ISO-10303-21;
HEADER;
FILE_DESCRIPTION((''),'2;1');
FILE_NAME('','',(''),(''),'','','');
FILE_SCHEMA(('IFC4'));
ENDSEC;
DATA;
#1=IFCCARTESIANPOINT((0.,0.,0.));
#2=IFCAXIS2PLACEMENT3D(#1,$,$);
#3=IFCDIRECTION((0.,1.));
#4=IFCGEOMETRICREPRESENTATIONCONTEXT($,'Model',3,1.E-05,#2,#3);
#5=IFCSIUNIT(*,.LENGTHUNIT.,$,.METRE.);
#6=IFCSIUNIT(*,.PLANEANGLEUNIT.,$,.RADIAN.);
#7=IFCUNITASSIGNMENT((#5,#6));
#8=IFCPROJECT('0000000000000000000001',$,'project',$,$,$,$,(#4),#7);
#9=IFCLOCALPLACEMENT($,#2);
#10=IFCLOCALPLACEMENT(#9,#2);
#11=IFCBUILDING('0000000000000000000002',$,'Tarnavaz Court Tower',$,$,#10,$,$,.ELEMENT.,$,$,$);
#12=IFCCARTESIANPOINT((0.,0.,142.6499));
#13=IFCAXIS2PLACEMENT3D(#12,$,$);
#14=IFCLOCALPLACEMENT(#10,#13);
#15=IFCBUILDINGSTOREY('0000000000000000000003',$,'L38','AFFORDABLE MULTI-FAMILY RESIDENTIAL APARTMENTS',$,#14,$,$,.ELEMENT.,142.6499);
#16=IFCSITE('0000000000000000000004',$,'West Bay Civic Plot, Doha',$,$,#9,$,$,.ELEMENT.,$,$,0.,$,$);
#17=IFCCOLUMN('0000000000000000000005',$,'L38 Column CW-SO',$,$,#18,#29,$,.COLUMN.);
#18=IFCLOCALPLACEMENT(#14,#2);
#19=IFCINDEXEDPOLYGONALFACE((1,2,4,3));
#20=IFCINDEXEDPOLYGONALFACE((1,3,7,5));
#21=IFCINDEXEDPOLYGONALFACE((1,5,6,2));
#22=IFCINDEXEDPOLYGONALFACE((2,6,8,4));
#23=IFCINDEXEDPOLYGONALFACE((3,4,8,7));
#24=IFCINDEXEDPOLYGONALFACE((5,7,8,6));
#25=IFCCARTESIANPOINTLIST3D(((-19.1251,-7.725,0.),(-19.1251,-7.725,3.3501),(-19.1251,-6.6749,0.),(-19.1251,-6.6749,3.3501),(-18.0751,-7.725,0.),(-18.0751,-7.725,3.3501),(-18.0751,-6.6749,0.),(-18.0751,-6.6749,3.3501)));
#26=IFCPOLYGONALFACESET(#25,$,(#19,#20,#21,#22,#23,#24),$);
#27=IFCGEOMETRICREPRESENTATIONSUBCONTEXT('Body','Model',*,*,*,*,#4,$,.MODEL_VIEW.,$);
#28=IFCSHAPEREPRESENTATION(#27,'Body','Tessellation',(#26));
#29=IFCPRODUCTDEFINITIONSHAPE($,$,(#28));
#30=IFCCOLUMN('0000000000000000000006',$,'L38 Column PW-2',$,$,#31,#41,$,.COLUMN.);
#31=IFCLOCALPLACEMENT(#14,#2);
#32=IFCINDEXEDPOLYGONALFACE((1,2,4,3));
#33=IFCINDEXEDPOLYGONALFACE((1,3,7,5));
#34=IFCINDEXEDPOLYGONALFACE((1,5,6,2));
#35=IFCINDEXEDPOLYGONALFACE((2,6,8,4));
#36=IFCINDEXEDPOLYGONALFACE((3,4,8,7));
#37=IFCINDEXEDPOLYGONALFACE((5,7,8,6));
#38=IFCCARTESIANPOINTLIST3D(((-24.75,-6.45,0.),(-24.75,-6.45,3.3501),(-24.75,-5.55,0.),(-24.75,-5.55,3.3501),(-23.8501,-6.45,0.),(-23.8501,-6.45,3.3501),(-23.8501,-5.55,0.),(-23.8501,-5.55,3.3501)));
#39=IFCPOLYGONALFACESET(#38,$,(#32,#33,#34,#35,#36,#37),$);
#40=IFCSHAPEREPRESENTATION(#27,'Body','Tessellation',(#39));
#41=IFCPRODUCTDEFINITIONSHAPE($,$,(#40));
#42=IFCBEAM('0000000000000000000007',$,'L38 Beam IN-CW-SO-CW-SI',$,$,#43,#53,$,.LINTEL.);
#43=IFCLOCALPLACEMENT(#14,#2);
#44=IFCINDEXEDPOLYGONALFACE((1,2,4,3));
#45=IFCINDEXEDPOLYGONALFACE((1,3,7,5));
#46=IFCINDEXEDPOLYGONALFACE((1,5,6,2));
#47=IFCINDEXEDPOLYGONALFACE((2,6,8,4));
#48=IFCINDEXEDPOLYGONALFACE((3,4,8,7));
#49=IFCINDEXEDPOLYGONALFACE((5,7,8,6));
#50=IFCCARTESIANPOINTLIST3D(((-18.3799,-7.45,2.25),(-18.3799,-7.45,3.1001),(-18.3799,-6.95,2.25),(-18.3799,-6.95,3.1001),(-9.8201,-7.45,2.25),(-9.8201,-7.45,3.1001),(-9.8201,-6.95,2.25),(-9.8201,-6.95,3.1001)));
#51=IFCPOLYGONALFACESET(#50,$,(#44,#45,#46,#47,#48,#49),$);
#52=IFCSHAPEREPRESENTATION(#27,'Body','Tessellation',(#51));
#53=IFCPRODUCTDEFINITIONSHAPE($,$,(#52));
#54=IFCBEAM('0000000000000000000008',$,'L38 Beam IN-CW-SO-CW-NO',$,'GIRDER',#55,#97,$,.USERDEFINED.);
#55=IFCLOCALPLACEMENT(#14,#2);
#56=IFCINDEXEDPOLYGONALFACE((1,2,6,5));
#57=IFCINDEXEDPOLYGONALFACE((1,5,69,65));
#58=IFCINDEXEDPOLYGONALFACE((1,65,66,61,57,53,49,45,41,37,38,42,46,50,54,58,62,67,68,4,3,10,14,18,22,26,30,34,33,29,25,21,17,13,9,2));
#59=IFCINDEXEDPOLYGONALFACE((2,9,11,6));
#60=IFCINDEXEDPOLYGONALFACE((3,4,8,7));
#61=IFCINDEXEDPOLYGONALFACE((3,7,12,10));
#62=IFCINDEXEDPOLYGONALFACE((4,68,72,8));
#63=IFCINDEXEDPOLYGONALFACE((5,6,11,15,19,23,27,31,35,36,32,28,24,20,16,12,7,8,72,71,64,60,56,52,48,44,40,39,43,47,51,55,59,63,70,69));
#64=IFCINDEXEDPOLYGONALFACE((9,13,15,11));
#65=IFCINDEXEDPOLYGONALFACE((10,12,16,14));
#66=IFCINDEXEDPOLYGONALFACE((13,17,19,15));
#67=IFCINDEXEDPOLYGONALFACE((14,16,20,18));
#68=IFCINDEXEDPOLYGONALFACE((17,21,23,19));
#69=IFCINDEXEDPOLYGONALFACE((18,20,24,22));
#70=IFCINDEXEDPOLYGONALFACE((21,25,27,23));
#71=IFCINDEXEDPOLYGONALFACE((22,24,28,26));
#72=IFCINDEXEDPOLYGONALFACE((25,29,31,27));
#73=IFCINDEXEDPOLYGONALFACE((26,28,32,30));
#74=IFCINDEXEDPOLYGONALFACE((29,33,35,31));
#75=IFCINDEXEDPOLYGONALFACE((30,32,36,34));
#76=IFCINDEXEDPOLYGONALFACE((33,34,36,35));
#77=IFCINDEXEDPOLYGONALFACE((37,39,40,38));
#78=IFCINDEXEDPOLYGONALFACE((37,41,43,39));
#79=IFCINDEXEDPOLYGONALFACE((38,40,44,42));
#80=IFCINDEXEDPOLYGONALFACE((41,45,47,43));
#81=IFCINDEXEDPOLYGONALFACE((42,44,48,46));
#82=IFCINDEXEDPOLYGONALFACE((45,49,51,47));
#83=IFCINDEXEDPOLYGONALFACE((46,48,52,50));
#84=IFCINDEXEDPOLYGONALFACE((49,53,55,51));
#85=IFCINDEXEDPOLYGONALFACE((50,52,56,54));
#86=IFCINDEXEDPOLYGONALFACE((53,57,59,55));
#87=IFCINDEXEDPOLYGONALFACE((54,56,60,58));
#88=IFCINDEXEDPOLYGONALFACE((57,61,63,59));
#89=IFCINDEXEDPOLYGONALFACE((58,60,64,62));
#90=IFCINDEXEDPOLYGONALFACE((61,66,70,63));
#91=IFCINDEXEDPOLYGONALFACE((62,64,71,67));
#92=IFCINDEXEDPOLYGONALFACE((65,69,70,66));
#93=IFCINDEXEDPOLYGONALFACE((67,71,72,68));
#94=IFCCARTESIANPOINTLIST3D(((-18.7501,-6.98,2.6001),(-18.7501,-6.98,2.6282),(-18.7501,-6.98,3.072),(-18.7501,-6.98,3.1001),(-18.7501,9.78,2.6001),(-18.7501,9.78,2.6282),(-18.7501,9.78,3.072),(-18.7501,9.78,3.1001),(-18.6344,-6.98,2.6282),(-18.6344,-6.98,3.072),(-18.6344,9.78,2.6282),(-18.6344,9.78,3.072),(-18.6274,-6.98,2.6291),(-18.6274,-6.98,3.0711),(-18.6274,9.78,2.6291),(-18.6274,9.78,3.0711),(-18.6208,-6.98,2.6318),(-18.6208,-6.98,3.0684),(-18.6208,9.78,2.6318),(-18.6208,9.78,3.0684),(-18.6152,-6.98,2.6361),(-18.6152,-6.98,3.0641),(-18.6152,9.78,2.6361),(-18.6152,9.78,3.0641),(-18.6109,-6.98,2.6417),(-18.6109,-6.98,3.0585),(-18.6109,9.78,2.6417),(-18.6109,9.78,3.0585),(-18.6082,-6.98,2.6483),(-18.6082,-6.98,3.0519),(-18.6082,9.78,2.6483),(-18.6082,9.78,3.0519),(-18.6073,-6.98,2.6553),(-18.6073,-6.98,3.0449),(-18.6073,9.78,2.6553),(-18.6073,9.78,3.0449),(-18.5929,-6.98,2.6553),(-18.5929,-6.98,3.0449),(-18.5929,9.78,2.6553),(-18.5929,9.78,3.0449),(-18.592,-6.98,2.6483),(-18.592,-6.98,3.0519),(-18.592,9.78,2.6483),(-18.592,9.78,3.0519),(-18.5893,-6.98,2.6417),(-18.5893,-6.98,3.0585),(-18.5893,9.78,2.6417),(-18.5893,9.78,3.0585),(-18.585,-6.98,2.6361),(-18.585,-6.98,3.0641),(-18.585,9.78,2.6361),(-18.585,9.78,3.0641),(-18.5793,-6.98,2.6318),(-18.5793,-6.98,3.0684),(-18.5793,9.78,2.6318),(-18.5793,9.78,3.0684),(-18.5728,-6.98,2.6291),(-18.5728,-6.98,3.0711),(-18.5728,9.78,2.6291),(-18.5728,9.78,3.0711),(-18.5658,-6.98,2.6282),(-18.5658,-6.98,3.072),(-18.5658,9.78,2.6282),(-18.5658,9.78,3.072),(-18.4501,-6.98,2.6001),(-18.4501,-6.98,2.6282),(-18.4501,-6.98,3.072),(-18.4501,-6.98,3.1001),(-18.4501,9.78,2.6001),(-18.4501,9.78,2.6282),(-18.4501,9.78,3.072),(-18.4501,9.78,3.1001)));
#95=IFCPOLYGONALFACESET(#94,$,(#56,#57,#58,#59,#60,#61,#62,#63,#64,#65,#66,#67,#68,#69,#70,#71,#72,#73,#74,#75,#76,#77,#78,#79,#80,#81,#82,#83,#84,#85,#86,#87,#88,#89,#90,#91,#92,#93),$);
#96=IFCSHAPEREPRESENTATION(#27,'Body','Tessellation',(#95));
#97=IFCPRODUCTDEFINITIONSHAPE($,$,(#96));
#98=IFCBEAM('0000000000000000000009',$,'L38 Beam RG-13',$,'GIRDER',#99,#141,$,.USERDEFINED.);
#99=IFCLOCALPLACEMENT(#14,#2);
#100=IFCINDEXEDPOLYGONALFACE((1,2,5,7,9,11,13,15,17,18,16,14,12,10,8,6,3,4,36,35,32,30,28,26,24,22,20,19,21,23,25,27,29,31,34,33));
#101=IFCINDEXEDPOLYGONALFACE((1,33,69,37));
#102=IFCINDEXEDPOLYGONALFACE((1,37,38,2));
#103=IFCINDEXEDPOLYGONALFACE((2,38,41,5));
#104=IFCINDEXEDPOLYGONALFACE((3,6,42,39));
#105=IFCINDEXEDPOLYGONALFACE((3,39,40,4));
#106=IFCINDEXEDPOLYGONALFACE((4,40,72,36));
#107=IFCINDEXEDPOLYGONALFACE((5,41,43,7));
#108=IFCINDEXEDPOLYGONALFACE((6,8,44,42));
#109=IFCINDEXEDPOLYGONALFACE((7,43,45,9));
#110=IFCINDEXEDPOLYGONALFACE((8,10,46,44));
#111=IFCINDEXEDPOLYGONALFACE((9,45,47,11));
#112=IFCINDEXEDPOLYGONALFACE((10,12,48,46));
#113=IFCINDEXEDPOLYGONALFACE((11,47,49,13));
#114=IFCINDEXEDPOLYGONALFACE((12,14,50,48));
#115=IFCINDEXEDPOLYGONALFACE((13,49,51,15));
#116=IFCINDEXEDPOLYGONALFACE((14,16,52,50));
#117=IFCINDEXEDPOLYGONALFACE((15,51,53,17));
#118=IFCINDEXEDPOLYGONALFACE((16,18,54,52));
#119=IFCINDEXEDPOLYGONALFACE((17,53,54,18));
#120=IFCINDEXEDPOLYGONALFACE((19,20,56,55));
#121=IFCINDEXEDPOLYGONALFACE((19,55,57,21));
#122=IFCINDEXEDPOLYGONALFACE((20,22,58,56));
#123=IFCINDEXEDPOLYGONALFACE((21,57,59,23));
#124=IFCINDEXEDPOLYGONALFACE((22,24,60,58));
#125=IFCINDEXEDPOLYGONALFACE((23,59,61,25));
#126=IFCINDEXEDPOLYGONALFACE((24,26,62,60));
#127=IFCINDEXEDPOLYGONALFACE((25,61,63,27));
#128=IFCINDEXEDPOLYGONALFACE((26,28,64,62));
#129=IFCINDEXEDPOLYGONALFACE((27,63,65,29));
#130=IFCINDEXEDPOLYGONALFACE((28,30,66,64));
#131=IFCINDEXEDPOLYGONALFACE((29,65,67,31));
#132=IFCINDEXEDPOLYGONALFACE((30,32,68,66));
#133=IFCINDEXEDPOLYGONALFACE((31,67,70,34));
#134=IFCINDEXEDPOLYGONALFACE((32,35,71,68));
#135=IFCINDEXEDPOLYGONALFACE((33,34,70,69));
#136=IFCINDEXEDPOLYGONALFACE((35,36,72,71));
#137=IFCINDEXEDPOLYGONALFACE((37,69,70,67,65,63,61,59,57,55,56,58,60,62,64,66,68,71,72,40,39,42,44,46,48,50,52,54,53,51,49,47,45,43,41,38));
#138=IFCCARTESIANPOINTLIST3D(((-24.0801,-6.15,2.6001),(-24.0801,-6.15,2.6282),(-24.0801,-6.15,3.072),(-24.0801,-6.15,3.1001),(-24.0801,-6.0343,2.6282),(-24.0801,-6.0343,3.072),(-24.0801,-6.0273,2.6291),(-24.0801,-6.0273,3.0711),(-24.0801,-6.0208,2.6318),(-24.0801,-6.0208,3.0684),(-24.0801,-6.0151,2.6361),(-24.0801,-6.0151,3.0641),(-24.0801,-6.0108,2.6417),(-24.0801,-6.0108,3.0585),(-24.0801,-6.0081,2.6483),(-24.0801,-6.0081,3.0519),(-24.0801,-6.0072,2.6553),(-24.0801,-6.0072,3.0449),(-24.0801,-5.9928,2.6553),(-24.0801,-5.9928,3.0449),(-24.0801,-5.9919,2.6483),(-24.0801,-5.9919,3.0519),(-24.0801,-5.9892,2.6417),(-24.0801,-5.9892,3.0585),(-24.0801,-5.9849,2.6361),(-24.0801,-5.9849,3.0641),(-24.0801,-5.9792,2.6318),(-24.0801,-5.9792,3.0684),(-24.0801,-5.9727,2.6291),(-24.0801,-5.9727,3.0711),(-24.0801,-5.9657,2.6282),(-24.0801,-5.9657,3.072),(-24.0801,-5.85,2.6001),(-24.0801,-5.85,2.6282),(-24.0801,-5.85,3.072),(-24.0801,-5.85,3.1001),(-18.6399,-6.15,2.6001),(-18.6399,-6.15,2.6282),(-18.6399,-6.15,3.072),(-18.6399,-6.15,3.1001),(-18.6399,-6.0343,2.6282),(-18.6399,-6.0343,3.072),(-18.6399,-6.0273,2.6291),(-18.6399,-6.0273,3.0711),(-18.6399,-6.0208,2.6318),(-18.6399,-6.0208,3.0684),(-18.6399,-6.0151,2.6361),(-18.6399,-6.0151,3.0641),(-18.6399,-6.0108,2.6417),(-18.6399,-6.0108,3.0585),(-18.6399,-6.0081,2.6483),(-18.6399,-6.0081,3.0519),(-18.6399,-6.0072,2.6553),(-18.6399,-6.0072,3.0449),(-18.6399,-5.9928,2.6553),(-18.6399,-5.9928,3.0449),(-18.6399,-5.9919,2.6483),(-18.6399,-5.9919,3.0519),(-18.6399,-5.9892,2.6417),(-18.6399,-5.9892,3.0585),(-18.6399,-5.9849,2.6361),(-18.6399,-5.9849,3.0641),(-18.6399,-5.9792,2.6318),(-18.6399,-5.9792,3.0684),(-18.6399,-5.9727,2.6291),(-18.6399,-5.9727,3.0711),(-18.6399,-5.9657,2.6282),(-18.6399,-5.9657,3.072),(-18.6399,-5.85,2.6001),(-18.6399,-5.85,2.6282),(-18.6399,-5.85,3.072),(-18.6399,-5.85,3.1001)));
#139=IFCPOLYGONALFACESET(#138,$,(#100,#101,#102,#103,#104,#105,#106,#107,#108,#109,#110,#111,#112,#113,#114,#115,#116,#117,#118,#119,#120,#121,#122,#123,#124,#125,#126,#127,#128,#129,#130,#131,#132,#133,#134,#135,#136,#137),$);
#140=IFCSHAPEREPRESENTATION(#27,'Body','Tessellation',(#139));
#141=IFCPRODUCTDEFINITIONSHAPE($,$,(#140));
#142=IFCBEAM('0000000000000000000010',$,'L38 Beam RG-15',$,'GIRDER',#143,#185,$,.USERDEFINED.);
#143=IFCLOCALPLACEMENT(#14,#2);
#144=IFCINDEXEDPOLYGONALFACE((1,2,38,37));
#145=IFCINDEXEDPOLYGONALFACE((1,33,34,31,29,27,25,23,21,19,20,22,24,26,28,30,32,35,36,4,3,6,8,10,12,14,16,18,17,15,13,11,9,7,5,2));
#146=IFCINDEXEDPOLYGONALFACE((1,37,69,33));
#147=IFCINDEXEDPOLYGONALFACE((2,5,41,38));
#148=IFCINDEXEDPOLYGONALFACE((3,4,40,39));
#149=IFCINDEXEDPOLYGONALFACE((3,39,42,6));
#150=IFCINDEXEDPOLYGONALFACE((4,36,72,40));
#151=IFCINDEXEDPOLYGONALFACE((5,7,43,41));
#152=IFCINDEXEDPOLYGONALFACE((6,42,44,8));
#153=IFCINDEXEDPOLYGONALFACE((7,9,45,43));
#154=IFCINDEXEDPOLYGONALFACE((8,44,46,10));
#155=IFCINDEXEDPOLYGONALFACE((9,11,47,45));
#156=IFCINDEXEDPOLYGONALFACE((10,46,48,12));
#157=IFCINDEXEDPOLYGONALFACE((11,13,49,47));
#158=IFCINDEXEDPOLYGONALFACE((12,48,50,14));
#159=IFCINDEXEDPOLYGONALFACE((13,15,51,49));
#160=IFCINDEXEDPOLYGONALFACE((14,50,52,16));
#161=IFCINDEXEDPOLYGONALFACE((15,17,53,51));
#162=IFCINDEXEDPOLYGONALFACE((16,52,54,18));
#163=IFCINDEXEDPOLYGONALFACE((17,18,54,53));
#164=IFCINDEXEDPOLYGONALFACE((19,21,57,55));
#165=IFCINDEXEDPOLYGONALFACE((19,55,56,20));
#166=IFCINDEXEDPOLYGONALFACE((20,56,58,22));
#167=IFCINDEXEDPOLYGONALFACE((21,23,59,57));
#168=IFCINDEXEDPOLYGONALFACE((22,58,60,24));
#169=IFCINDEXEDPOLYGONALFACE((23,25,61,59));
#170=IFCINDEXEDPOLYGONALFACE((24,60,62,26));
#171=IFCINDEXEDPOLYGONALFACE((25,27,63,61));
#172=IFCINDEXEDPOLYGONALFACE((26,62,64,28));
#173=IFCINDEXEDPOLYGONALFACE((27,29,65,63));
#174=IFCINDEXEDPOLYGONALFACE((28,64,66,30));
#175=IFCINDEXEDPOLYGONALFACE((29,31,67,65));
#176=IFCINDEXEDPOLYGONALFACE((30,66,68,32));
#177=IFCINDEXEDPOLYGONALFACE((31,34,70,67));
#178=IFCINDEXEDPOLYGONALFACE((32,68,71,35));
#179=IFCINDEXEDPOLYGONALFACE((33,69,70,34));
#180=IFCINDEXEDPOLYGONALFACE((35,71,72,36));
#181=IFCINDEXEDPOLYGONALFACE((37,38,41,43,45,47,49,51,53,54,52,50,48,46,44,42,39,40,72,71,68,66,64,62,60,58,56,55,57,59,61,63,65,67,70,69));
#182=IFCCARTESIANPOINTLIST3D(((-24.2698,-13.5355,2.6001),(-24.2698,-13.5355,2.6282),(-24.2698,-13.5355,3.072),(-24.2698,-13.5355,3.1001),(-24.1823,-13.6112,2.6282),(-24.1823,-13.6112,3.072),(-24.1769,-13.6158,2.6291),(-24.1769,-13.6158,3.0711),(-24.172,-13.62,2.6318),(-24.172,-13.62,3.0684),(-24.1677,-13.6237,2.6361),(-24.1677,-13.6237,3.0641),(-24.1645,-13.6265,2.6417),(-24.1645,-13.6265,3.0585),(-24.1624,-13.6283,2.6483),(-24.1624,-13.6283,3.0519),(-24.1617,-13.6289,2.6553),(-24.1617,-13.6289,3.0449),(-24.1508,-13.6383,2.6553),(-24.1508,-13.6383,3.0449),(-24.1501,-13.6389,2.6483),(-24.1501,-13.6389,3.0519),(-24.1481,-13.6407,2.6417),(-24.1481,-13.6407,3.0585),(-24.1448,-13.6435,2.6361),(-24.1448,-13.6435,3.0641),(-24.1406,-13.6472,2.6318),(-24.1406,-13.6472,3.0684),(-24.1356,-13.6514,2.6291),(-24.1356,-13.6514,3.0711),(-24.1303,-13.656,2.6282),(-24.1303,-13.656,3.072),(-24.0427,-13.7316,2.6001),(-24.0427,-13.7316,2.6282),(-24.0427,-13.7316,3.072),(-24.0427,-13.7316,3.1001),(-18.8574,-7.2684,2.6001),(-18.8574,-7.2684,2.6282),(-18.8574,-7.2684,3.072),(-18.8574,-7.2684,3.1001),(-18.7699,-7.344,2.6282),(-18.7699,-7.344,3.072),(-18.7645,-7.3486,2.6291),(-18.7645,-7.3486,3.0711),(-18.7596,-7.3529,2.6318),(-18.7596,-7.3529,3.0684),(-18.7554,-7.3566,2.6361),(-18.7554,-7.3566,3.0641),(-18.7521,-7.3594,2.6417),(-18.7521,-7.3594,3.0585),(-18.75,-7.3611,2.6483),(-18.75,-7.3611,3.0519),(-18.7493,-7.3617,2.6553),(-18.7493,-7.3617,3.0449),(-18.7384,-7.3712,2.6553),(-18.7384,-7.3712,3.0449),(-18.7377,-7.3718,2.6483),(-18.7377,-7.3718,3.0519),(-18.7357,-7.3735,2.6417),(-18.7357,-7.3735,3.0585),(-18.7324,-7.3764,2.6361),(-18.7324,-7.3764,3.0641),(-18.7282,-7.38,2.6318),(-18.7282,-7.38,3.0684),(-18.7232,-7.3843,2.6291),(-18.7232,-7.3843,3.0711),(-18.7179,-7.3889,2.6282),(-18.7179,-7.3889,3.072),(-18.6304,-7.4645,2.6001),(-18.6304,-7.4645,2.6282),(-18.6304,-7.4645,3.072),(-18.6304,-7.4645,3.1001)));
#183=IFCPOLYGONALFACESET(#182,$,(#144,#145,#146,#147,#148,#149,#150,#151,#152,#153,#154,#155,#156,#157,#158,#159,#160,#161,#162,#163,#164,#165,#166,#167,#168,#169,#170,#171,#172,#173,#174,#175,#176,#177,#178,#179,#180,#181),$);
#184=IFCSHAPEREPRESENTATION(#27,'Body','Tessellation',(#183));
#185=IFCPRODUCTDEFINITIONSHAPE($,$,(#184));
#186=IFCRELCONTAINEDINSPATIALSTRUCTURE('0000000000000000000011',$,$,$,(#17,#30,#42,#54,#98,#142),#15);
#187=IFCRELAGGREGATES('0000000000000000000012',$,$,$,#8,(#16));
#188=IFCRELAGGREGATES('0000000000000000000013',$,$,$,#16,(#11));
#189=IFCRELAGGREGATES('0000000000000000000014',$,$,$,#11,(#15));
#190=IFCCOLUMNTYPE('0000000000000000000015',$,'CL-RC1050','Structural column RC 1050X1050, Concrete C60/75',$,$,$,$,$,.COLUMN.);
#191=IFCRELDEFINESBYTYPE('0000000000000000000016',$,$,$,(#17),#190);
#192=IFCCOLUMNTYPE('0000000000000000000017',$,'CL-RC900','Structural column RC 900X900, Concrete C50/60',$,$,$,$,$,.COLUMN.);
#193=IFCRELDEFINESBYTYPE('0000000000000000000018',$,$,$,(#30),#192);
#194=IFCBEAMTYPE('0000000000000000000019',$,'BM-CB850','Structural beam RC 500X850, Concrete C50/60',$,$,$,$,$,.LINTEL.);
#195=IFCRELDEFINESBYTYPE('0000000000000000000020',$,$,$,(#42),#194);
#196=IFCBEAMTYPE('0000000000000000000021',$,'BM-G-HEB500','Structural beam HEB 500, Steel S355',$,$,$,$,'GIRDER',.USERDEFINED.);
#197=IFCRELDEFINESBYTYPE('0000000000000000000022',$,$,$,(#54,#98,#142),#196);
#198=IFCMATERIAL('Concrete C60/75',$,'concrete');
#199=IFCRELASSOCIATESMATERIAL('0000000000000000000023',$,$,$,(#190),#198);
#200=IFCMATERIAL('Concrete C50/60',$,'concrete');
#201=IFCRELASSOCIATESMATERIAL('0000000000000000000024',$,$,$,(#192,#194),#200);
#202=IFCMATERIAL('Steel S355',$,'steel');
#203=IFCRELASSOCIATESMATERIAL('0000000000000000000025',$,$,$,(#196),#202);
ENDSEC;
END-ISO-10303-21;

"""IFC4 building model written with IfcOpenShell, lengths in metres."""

from ifc_helpers import new_model, si_unit, direction, frame, origin, origin_2d, place, context, subcontext, project, spatial, rectangle, i_section, extrude, material, material_profile, profile_set, type_object, element, save


model = new_model("IFC4")

# Units and contexts
model_context = context("Model", 3, precision=1e-05, world=origin(), true_north=direction((0.0, 1.0)))
body_context = subcontext(model_context, "Body", "Model", "MODEL_VIEW")
ifc_project = project(units=[si_unit("LENGTHUNIT", "METRE"), si_unit("PLANEANGLEUNIT", "RADIAN")], contexts=[model_context])

# Site, building, storey
site_placement = place(None, origin())
site = spatial("IfcSite", under=ifc_project, at=site_placement, Name="West Bay Civic Plot, Doha", CompositionType="ELEMENT", RefElevation=0.0)
building_placement = place(site_placement, origin())
building = spatial("IfcBuilding", under=site, at=building_placement, Name="Tarnavaz Court Tower", CompositionType="ELEMENT")
storey_placement = place(building_placement, frame((0.0, 0.0, 142.6499)))
storey = spatial("IfcBuildingStorey", under=building, at=storey_placement, Name="L38", Description="AFFORDABLE MULTI-FAMILY RESIDENTIAL APARTMENTS", CompositionType="ELEMENT", Elevation=142.6499)

# Columns
ifc_material_1 = material(Name="Concrete C60/75", Category="concrete")
ifc_material_profile_1 = material_profile(ifc_material_1, rectangle(XDim=1.05, YDim=1.05, at=origin_2d()), Name="RC 1050X1050")
ifc_profile_set_1 = profile_set([ifc_material_profile_1], Name="Concrete C60/75")
column_type_1 = type_object("IfcColumnType", Name="CL-RC1050", Description="Structural column RC 1050X1050, Concrete C60/75", PredefinedType="COLUMN", material=ifc_profile_set_1)
column_1_placement = place(storey_placement, frame((-18.6001, -7.2, 0.0), z_axis=(0.0, 0.0, 1.0), x_axis=(1.0, 0.0, 0.0)))
element("IfcColumn", 1, at=column_1_placement, inside=storey, type_object=column_type_1, Name="L38 Column CW-SO", PredefinedType="COLUMN", context=body_context, shape_type="SweptSolid", body=[
    extrude(rectangle(XDim=1.05, YDim=1.05, at=origin_2d()), origin(), (0.0, 0.0, 1.0), 3.3501),
])
ifc_material_2 = material(Name="Concrete C50/60", Category="concrete")
ifc_material_profile_2 = material_profile(ifc_material_2, rectangle(XDim=0.8999, YDim=0.8999, at=origin_2d()), Name="RC 900X900")
ifc_profile_set_2 = profile_set([ifc_material_profile_2], Name="Concrete C50/60")
column_type_2 = type_object("IfcColumnType", Name="CL-RC900", Description="Structural column RC 900X900, Concrete C50/60", PredefinedType="COLUMN", material=ifc_profile_set_2)
column_2_placement = place(storey_placement, frame((-24.3, -6.0, 0.0), z_axis=(0.0, 0.0, 1.0), x_axis=(1.0, 0.0, 0.0)))
element("IfcColumn", 2, at=column_2_placement, inside=storey, type_object=column_type_2, Name="L38 Column PW-2", PredefinedType="COLUMN", context=body_context, shape_type="SweptSolid", body=[
    extrude(rectangle(XDim=0.8999, YDim=0.8999, at=origin_2d()), origin(), (0.0, 0.0, 1.0), 3.3501),
])

# Beams
ifc_material_profile_3 = material_profile(ifc_material_2, rectangle(XDim=0.5, YDim=0.8501, at=origin_2d()), Name="RC 500X850")
ifc_profile_set_3 = profile_set([ifc_material_profile_3], Name="Concrete C50/60")
beam_type_1 = type_object("IfcBeamType", Name="BM-CB850", Description="Structural beam RC 500X850, Concrete C50/60", PredefinedType="LINTEL", material=ifc_profile_set_3)
beam_1_placement = place(storey_placement, frame((-18.3799, -7.2, 2.675), z_axis=(1.0, 0.0, 0.0), x_axis=(0.0, 1.0, 0.0)))
element("IfcBeam", 3, at=beam_1_placement, inside=storey, type_object=beam_type_1, Name="L38 Beam IN-CW-SO-CW-SI", PredefinedType="LINTEL", context=body_context, shape_type="SweptSolid", body=[
    extrude(rectangle(XDim=0.5, YDim=0.8501, at=origin_2d()), origin(), (0.0, 0.0, 1.0), 8.5598),
])
ifc_material_3 = material(Name="Steel S355", Category="steel")
ifc_material_profile_4 = material_profile(ifc_material_3, i_section(OverallWidth=0.3, OverallDepth=0.5, WebThickness=0.0144, FlangeThickness=0.0281, FilletRadius=0.0271, at=origin_2d()), Name="HEB 500")
ifc_profile_set_4 = profile_set([ifc_material_profile_4], Name="Steel S355")
beam_type_2 = type_object("IfcBeamType", Name="BM-G-HEB500", Description="Structural beam HEB 500, Steel S355", ElementType="GIRDER", PredefinedType="USERDEFINED", material=ifc_profile_set_4)
beam_2_placement = place(storey_placement, frame((-18.6001, -6.98, 2.8501), z_axis=(0.0, 1.0, 0.0), x_axis=(-1.0, 0.0, 0.0)))
element("IfcBeam", 4, at=beam_2_placement, inside=storey, type_object=beam_type_2, Name="L38 Beam IN-CW-SO-CW-NO", ObjectType="GIRDER", PredefinedType="USERDEFINED", context=body_context, shape_type="SweptSolid", body=[
    extrude(i_section(OverallWidth=0.3, OverallDepth=0.5, WebThickness=0.0144, FlangeThickness=0.0281, FilletRadius=0.0271, at=origin_2d()), origin(), (0.0, 0.0, 1.0), 16.76),
])
beam_3_placement = place(storey_placement, frame((-18.6399, -6.0, 2.8501), z_axis=(-1.0, 0.0, 0.0), x_axis=(0.0, -1.0, 0.0)))
element("IfcBeam", 5, at=beam_3_placement, inside=storey, type_object=beam_type_2, Name="L38 Beam RG-13", ObjectType="GIRDER", PredefinedType="USERDEFINED", context=body_context, shape_type="SweptSolid", body=[
    extrude(i_section(OverallWidth=0.3, OverallDepth=0.5, WebThickness=0.0144, FlangeThickness=0.0281, FilletRadius=0.0271, at=origin_2d()), origin(), (0.0, 0.0, 1.0), 5.4402),
])
beam_4_placement = place(storey_placement, frame((-18.7439, -7.3665, 2.8501), z_axis=(-0.653611, -0.756831, 0.0), x_axis=(0.756831, -0.653611, 0.0)))
element("IfcBeam", 6, at=beam_4_placement, inside=storey, type_object=beam_type_2, Name="L38 Beam RG-15", ObjectType="GIRDER", PredefinedType="USERDEFINED", context=body_context, shape_type="SweptSolid", body=[
    extrude(i_section(OverallWidth=0.3, OverallDepth=0.5, WebThickness=0.0144, FlangeThickness=0.0281, FilletRadius=0.0271, at=origin_2d()), origin(), (0.0, 0.0, 1.0), 8.2808),
])

save(model, "model.ifc")
